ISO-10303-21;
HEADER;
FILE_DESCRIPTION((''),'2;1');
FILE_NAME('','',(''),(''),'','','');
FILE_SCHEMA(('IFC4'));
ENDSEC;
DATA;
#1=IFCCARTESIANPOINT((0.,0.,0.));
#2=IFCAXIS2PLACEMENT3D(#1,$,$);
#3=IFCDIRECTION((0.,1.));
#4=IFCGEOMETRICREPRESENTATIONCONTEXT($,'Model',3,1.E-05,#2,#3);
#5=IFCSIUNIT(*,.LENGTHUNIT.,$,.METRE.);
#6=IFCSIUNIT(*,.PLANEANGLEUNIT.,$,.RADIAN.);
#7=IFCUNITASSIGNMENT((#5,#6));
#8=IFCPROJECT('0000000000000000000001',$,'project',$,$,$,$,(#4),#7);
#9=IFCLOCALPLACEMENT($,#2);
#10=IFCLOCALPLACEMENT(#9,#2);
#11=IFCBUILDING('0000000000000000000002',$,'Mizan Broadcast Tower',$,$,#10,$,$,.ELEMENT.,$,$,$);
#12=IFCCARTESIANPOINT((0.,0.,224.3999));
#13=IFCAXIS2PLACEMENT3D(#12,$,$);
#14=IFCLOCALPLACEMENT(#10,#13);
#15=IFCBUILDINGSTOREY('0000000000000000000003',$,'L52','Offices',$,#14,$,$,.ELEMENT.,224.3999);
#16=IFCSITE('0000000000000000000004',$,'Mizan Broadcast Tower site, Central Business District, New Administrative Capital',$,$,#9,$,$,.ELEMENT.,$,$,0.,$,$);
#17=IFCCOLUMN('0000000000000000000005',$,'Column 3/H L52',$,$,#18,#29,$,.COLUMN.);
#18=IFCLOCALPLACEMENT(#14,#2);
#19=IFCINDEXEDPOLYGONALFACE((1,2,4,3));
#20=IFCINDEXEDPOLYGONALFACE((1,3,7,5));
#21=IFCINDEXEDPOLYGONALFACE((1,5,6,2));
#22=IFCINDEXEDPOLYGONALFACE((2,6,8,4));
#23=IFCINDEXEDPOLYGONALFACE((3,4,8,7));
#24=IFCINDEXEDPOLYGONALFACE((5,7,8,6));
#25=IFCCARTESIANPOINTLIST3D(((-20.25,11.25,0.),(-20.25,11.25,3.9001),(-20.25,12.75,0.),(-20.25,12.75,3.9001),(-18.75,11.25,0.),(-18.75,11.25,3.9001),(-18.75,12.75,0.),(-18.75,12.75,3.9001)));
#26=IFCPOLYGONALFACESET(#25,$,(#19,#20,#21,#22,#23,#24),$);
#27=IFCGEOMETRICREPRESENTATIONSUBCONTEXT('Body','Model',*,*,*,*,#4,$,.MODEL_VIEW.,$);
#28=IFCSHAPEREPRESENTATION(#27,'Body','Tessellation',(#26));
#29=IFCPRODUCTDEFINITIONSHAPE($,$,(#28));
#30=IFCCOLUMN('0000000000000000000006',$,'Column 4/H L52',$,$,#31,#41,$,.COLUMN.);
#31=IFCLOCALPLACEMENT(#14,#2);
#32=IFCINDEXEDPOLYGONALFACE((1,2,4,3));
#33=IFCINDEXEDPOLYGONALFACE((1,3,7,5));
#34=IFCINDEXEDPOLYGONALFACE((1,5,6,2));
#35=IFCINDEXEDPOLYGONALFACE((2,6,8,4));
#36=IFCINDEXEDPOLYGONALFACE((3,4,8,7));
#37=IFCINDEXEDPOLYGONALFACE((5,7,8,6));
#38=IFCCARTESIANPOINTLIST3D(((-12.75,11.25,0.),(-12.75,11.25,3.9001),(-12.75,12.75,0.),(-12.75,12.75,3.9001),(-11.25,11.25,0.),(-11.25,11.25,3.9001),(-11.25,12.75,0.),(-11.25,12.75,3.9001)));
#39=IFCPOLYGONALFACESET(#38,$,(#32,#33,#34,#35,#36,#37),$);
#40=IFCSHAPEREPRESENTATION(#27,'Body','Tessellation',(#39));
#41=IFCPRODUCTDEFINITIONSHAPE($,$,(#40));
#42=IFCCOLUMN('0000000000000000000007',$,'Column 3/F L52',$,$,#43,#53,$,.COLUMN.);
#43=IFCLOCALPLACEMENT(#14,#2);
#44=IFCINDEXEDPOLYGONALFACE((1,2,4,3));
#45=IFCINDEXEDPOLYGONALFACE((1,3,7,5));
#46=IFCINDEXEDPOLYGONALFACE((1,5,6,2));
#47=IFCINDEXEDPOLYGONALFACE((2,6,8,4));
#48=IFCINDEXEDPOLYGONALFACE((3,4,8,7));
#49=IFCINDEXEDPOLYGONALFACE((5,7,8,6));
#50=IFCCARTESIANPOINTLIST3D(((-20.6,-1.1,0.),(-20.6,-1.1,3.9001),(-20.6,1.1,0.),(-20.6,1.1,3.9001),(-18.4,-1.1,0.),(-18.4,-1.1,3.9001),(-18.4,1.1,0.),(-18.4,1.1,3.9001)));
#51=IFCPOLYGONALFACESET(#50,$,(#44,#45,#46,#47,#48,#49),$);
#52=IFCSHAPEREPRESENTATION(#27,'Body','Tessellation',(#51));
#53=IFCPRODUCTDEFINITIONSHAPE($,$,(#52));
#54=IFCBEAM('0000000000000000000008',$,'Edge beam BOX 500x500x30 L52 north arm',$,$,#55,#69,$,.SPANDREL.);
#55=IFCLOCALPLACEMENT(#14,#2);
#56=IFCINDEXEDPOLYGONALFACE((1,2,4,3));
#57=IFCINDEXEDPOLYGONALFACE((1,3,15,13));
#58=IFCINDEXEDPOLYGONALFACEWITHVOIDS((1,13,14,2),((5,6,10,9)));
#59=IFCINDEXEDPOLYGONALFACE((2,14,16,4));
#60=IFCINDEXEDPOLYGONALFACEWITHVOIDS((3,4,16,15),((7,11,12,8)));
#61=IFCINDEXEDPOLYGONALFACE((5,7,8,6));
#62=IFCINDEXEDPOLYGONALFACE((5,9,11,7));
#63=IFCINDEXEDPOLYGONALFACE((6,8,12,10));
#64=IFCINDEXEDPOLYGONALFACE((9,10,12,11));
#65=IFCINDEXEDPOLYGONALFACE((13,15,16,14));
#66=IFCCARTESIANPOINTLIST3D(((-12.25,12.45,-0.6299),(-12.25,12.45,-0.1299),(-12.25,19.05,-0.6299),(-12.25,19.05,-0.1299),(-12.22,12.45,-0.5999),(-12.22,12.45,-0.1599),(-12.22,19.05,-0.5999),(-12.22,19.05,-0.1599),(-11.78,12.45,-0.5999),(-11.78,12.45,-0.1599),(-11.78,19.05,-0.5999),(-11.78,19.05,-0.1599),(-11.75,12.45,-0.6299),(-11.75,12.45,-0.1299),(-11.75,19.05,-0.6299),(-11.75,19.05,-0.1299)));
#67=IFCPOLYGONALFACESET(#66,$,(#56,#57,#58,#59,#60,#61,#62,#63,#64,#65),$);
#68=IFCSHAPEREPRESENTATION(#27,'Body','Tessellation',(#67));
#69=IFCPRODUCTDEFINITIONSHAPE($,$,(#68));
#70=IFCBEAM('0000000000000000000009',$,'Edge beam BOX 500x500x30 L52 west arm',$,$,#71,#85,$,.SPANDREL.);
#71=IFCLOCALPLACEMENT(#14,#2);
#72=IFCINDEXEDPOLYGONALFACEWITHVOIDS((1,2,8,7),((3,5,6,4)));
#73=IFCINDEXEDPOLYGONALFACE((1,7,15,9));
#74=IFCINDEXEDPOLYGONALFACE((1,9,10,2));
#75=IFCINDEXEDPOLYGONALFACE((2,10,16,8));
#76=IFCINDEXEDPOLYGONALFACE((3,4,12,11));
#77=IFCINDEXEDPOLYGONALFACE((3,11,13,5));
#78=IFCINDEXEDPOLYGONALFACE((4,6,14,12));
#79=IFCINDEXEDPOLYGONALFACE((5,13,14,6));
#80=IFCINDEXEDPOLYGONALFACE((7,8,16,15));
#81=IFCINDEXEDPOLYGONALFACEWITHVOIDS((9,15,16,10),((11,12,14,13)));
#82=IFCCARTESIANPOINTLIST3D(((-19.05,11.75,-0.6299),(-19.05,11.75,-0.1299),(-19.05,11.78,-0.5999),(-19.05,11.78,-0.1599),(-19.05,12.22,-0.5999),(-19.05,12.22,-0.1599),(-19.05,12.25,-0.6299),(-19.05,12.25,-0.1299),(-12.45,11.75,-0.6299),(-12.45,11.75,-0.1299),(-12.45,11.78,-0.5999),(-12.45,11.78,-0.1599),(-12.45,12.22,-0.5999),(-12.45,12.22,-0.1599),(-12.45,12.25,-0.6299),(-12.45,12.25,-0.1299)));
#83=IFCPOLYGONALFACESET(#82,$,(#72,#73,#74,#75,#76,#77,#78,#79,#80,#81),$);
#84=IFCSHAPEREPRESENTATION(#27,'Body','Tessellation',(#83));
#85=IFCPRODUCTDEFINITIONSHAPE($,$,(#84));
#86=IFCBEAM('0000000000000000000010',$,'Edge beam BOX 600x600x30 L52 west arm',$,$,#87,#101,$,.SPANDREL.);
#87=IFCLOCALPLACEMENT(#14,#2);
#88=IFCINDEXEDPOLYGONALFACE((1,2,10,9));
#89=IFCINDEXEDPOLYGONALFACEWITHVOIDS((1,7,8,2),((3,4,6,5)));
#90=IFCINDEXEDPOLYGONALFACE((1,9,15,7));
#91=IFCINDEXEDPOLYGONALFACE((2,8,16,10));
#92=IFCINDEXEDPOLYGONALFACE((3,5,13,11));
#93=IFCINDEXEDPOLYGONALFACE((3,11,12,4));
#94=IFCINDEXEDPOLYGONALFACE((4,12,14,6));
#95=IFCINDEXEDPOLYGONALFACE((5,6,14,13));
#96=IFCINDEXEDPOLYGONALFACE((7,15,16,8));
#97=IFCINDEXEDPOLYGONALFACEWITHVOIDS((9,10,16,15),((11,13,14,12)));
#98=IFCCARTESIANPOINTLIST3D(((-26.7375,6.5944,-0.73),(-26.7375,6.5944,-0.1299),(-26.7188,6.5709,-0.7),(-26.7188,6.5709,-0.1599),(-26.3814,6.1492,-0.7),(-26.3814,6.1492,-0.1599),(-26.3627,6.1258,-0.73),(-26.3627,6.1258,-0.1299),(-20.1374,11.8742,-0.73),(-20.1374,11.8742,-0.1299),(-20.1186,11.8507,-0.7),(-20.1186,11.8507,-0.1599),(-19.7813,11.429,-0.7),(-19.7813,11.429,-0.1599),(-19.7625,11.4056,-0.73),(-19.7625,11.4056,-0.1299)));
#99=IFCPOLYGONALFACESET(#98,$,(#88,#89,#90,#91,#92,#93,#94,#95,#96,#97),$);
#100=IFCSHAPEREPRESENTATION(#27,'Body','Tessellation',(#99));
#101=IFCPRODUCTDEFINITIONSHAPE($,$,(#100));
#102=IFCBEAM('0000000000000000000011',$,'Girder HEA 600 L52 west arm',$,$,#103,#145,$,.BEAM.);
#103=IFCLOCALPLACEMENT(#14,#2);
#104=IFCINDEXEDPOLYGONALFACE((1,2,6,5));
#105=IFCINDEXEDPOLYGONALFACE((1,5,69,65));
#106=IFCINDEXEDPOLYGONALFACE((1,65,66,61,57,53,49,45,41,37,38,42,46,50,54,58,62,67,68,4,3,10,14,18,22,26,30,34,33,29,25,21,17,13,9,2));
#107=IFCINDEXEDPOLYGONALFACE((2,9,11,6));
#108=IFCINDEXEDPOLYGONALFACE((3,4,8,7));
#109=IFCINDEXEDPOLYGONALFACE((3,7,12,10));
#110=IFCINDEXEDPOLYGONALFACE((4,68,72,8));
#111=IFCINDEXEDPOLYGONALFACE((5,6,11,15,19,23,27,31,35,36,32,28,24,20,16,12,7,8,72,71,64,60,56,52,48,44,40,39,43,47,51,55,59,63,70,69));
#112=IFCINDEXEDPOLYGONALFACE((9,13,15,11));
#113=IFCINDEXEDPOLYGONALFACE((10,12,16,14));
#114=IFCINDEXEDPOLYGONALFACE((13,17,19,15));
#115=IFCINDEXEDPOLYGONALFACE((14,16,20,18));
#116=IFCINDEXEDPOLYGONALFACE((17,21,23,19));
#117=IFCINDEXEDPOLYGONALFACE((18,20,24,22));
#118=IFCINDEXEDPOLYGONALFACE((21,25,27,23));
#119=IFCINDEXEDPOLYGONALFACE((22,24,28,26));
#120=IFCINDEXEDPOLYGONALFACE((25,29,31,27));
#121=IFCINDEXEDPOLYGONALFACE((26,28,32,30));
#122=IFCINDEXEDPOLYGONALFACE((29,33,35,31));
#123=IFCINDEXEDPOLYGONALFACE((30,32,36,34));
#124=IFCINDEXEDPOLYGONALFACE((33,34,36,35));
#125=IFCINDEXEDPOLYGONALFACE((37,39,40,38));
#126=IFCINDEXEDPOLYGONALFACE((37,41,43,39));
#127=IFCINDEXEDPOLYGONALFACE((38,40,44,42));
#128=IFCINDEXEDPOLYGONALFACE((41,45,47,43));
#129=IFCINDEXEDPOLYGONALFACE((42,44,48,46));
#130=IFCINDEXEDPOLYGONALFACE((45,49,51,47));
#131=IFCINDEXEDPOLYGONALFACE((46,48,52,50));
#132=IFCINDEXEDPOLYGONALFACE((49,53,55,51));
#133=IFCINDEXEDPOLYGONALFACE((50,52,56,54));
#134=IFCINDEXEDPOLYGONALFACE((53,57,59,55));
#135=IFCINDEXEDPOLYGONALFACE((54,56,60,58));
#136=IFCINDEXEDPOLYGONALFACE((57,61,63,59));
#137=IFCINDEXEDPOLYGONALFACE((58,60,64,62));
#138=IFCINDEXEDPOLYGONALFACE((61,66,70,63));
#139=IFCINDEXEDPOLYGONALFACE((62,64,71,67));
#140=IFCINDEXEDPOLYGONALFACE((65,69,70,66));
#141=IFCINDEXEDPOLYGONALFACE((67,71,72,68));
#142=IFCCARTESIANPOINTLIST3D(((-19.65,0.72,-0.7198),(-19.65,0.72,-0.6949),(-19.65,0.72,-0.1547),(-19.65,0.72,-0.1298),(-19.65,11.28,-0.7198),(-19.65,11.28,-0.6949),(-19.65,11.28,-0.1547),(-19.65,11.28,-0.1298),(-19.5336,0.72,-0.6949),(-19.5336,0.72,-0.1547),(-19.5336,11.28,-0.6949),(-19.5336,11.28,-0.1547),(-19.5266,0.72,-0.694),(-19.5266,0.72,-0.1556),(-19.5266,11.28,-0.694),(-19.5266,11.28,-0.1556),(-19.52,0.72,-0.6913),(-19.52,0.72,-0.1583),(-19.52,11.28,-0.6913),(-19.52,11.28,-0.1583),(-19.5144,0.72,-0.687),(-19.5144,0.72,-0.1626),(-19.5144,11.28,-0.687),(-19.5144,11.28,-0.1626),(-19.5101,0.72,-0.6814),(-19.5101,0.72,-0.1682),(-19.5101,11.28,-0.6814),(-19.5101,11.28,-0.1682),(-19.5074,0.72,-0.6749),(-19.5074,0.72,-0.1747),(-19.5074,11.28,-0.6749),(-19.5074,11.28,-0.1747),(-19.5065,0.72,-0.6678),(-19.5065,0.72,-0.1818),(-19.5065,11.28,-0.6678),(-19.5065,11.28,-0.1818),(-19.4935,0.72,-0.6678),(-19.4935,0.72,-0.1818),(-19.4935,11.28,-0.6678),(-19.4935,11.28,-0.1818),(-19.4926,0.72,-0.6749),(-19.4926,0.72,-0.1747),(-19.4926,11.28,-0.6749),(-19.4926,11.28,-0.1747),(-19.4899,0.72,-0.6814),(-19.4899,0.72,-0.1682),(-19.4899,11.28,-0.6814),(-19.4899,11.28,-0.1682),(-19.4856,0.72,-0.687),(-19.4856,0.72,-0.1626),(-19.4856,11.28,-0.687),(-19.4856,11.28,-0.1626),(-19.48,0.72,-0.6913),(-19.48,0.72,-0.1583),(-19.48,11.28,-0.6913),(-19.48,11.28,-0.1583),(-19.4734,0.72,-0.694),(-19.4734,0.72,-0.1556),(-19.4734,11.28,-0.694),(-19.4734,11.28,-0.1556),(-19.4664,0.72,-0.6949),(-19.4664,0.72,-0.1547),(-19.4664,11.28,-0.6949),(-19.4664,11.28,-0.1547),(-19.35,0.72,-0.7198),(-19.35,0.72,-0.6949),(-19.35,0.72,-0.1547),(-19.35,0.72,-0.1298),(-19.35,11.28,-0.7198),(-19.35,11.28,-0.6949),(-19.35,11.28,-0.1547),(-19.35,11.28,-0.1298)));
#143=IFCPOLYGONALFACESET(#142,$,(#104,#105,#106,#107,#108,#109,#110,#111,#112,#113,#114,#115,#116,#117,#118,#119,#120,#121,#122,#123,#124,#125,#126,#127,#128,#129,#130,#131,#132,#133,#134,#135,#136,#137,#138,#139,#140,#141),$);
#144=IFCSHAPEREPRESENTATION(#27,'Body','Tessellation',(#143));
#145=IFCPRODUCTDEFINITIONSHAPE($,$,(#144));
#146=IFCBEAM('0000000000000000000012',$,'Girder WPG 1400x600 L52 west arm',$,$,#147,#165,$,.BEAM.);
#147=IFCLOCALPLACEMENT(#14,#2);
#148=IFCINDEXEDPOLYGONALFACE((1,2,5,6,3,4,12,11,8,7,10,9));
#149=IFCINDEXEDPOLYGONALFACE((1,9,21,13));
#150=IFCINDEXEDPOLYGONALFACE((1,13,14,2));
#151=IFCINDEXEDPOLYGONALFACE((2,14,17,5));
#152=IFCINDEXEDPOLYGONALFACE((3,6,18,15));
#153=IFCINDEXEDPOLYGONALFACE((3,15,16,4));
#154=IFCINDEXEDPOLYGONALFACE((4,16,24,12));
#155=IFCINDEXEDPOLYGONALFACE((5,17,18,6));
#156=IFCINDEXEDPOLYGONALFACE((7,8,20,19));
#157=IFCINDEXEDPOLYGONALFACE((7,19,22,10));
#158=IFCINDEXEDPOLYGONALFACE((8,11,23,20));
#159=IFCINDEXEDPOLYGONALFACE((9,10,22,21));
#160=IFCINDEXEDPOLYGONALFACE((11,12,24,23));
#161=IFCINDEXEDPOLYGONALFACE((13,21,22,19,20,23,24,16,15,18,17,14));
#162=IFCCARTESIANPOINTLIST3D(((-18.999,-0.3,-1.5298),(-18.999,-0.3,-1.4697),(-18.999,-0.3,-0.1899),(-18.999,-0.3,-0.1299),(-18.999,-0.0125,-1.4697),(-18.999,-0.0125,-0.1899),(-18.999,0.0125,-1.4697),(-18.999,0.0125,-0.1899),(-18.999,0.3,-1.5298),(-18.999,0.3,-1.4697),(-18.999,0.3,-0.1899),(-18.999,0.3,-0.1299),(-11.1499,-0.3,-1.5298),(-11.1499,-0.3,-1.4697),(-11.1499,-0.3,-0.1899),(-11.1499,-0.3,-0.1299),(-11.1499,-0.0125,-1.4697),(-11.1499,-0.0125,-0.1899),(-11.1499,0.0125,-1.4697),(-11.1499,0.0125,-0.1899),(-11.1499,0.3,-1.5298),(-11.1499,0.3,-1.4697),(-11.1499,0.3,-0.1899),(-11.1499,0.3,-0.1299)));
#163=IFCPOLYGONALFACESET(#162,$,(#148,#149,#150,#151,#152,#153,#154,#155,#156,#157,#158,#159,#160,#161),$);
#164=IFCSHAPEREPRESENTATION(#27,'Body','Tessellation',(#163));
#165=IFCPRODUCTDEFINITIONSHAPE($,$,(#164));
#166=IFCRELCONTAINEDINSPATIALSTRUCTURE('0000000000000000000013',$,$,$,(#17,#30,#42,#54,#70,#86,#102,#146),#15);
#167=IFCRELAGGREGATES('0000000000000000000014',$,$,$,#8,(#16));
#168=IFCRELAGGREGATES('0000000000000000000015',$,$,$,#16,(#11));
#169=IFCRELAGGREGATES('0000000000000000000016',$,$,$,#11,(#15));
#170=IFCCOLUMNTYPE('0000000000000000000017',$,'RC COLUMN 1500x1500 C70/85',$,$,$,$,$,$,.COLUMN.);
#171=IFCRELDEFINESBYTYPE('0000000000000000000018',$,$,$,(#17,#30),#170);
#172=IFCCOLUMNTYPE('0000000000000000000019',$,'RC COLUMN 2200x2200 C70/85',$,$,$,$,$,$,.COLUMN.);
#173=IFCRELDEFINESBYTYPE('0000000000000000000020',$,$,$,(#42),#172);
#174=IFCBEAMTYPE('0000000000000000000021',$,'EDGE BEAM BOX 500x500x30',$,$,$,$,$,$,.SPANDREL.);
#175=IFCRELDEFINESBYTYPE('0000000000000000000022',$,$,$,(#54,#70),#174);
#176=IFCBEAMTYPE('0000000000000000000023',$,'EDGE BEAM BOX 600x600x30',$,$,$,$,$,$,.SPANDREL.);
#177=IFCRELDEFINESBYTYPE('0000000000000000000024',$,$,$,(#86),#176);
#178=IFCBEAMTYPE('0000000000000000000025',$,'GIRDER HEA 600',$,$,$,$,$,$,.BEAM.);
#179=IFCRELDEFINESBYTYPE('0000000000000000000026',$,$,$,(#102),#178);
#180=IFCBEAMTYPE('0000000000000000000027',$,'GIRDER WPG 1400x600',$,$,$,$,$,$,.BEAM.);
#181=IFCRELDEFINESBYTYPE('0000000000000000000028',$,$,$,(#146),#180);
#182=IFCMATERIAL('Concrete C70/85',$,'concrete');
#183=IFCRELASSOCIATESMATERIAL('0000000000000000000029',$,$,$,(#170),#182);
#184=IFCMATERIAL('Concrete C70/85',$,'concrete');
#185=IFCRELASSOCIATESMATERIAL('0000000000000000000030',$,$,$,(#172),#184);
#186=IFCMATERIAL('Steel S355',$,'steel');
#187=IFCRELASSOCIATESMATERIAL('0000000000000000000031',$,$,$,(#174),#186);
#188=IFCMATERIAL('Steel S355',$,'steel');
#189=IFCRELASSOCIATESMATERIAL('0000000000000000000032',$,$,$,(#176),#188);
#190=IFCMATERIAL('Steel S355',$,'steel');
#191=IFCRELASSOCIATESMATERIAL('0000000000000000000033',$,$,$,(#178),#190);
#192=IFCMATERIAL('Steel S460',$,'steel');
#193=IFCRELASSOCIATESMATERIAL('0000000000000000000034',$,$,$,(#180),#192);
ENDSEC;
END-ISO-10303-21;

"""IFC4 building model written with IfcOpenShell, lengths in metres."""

from ifc_helpers import new_model, si_unit, direction, frame, origin, origin_2d, place, context, subcontext, project, spatial, rectangle, hollow_rectangle, i_section, extrude, material, material_profile, profile_set, type_object, element, save


model = new_model("IFC4")

# Units and contexts
model_context = context("Model", 3, precision=1e-05, world=origin(), true_north=direction((0.0, 1.0)))
body_context = subcontext(model_context, "Body", "Model", "MODEL_VIEW")
ifc_project = project(units=[si_unit("LENGTHUNIT", "METRE"), si_unit("PLANEANGLEUNIT", "RADIAN")], contexts=[model_context])

# Site, building, storey
site_placement = place(None, origin())
site = spatial("IfcSite", under=ifc_project, at=site_placement, Name="Mizan Broadcast Tower site, Central Business District, New Administrative Capital", CompositionType="ELEMENT", RefElevation=0.0)
building_placement = place(site_placement, origin())
building = spatial("IfcBuilding", under=site, at=building_placement, Name="Mizan Broadcast Tower", CompositionType="ELEMENT")
storey_placement = place(building_placement, frame((0.0, 0.0, 224.3999)))
storey = spatial("IfcBuildingStorey", under=building, at=storey_placement, Name="L52", Description="Offices", CompositionType="ELEMENT", Elevation=224.3999)

# Columns
ifc_material_1 = material(Name="Concrete C70/85", Category="concrete")
ifc_material_profile_1 = material_profile(ifc_material_1, rectangle(XDim=1.5, YDim=1.5, at=origin_2d()), Name="RC 1500x1500")
ifc_profile_set_1 = profile_set([ifc_material_profile_1], Name="Concrete C70/85")
column_type_1 = type_object("IfcColumnType", Name="RC COLUMN 1500x1500 C70/85", PredefinedType="COLUMN", material=ifc_profile_set_1)
for number, where, z_axis, x_axis, name in (
    (1, (-19.5, 12.0, 0.0), (0.0, 0.0, 1.0), (1.0, 0.0, 0.0), "Column 3/H L52"),
    (2, (-12.0, 12.0, 0.0), (0.0, 0.0, 1.0), (1.0, 0.0, 0.0), "Column 4/H L52"),
):
    element("IfcColumn", number, at=place(storey_placement, frame(where, z_axis=z_axis, x_axis=x_axis)), inside=storey, type_object=column_type_1, Name=name, PredefinedType="COLUMN", context=body_context, shape_type="SweptSolid", body=[
        extrude(rectangle(XDim=1.5, YDim=1.5, at=origin_2d()), origin(), (0.0, 0.0, 1.0), 3.9001),
    ])
ifc_material_2 = material(Name="Concrete C70/85", Category="concrete")
ifc_material_profile_2 = material_profile(ifc_material_2, rectangle(XDim=2.2, YDim=2.2, at=origin_2d()), Name="RC 2200x2200")
ifc_profile_set_2 = profile_set([ifc_material_profile_2], Name="Concrete C70/85")
column_type_2 = type_object("IfcColumnType", Name="RC COLUMN 2200x2200 C70/85", PredefinedType="COLUMN", material=ifc_profile_set_2)
column_placement = place(storey_placement, frame((-19.5, 0.0, 0.0), z_axis=(0.0, 0.0, 1.0), x_axis=(1.0, 0.0, 0.0)))
element("IfcColumn", 3, at=column_placement, inside=storey, type_object=column_type_2, Name="Column 3/F L52", PredefinedType="COLUMN", context=body_context, shape_type="SweptSolid", body=[
    extrude(rectangle(XDim=2.2, YDim=2.2, at=origin_2d()), origin(), (0.0, 0.0, 1.0), 3.9001),
])

# Beams
ifc_material_3 = material(Name="Steel S355", Category="steel")
ifc_material_profile_3 = material_profile(ifc_material_3, hollow_rectangle(XDim=0.5, YDim=0.5, WallThickness=0.03, at=origin_2d()), Name="BOX 500x500x30")
ifc_profile_set_3 = profile_set([ifc_material_profile_3], Name="Steel S355")
beam_type_1 = type_object("IfcBeamType", Name="EDGE BEAM BOX 500x500x30", PredefinedType="SPANDREL", material=ifc_profile_set_3)
for number, where, z_axis, x_axis, name in (
    (4, (-12.0, 12.45, -0.3799), (0.0, 1.0, 0.0), (-1.0, 0.0, 0.0), "Edge beam BOX 500x500x30 L52 north arm"),
    (5, (-12.45, 12.0, -0.3799), (-1.0, 0.0, 0.0), (0.0, -1.0, 0.0), "Edge beam BOX 500x500x30 L52 west arm"),
):
    element("IfcBeam", number, at=place(storey_placement, frame(where, z_axis=z_axis, x_axis=x_axis)), inside=storey, type_object=beam_type_1, Name=name, PredefinedType="SPANDREL", context=body_context, shape_type="SweptSolid", body=[
        extrude(hollow_rectangle(XDim=0.5, YDim=0.5, WallThickness=0.03, at=origin_2d()), origin(), (0.0, 0.0, 1.0), 6.6001),
    ])
ifc_material_4 = material(Name="Steel S355", Category="steel")
ifc_material_profile_4 = material_profile(ifc_material_4, hollow_rectangle(XDim=0.6001, YDim=0.6001, WallThickness=0.03, at=origin_2d()), Name="BOX 600x600x30")
ifc_profile_set_4 = profile_set([ifc_material_profile_4], Name="Steel S355")
beam_type_2 = type_object("IfcBeamType", Name="EDGE BEAM BOX 600x600x30", PredefinedType="SPANDREL", material=ifc_profile_set_4)
beam_1_placement = place(storey_placement, frame((-19.95, 11.6399, -0.4299), z_axis=(-0.780886, -0.624674, 0.0), x_axis=(0.624674, -0.780886, 0.0)))
element("IfcBeam", 6, at=beam_1_placement, inside=storey, type_object=beam_type_2, Name="Edge beam BOX 600x600x30 L52 west arm", PredefinedType="SPANDREL", context=body_context, shape_type="SweptSolid", body=[
    extrude(hollow_rectangle(XDim=0.6001, YDim=0.6001, WallThickness=0.03, at=origin_2d()), origin(), (0.0, 0.0, 1.0), 8.4521),
])
ifc_material_5 = material(Name="Steel S355", Category="steel")
ifc_material_profile_5 = material_profile(ifc_material_5, i_section(OverallWidth=0.3, OverallDepth=0.5901, WebThickness=0.0129, FlangeThickness=0.0249, FilletRadius=0.0271, at=origin_2d()), Name="HEA 600")
ifc_profile_set_5 = profile_set([ifc_material_profile_5], Name="Steel S355")
beam_type_3 = type_object("IfcBeamType", Name="GIRDER HEA 600", PredefinedType="BEAM", material=ifc_profile_set_5)
beam_2_placement = place(storey_placement, frame((-19.5, 11.28, -0.4248), z_axis=(0.0, -1.0, 0.0), x_axis=(1.0, 0.0, 0.0)))
element("IfcBeam", 7, at=beam_2_placement, inside=storey, type_object=beam_type_3, Name="Girder HEA 600 L52 west arm", PredefinedType="BEAM", context=body_context, shape_type="SweptSolid", body=[
    extrude(i_section(OverallWidth=0.3, OverallDepth=0.5901, WebThickness=0.0129, FlangeThickness=0.0249, FilletRadius=0.0271, at=origin_2d()), origin(), (0.0, 0.0, 1.0), 10.5601),
])
ifc_material_6 = material(Name="Steel S460", Category="steel")
ifc_material_profile_6 = material_profile(ifc_material_6, i_section(OverallWidth=0.6001, OverallDepth=1.3999, WebThickness=0.0249, FlangeThickness=0.0601, at=origin_2d()), Name="WPG 1400x600")
ifc_profile_set_6 = profile_set([ifc_material_profile_6], Name="Steel S460")
beam_type_4 = type_object("IfcBeamType", Name="GIRDER WPG 1400x600", PredefinedType="BEAM", material=ifc_profile_set_6)
beam_3_placement = place(storey_placement, frame((-11.1499, 0.0, -0.8298), z_axis=(-1.0, 0.0, 0.0), x_axis=(0.0, -1.0, 0.0)))
element("IfcBeam", 8, at=beam_3_placement, inside=storey, type_object=beam_type_4, Name="Girder WPG 1400x600 L52 west arm", PredefinedType="BEAM", context=body_context, shape_type="SweptSolid", body=[
    extrude(i_section(OverallWidth=0.6001, OverallDepth=1.3999, WebThickness=0.0249, FlangeThickness=0.0601, at=origin_2d()), origin(), (0.0, 0.0, 1.0), 7.8491),
])

save(model, "model.ifc")
